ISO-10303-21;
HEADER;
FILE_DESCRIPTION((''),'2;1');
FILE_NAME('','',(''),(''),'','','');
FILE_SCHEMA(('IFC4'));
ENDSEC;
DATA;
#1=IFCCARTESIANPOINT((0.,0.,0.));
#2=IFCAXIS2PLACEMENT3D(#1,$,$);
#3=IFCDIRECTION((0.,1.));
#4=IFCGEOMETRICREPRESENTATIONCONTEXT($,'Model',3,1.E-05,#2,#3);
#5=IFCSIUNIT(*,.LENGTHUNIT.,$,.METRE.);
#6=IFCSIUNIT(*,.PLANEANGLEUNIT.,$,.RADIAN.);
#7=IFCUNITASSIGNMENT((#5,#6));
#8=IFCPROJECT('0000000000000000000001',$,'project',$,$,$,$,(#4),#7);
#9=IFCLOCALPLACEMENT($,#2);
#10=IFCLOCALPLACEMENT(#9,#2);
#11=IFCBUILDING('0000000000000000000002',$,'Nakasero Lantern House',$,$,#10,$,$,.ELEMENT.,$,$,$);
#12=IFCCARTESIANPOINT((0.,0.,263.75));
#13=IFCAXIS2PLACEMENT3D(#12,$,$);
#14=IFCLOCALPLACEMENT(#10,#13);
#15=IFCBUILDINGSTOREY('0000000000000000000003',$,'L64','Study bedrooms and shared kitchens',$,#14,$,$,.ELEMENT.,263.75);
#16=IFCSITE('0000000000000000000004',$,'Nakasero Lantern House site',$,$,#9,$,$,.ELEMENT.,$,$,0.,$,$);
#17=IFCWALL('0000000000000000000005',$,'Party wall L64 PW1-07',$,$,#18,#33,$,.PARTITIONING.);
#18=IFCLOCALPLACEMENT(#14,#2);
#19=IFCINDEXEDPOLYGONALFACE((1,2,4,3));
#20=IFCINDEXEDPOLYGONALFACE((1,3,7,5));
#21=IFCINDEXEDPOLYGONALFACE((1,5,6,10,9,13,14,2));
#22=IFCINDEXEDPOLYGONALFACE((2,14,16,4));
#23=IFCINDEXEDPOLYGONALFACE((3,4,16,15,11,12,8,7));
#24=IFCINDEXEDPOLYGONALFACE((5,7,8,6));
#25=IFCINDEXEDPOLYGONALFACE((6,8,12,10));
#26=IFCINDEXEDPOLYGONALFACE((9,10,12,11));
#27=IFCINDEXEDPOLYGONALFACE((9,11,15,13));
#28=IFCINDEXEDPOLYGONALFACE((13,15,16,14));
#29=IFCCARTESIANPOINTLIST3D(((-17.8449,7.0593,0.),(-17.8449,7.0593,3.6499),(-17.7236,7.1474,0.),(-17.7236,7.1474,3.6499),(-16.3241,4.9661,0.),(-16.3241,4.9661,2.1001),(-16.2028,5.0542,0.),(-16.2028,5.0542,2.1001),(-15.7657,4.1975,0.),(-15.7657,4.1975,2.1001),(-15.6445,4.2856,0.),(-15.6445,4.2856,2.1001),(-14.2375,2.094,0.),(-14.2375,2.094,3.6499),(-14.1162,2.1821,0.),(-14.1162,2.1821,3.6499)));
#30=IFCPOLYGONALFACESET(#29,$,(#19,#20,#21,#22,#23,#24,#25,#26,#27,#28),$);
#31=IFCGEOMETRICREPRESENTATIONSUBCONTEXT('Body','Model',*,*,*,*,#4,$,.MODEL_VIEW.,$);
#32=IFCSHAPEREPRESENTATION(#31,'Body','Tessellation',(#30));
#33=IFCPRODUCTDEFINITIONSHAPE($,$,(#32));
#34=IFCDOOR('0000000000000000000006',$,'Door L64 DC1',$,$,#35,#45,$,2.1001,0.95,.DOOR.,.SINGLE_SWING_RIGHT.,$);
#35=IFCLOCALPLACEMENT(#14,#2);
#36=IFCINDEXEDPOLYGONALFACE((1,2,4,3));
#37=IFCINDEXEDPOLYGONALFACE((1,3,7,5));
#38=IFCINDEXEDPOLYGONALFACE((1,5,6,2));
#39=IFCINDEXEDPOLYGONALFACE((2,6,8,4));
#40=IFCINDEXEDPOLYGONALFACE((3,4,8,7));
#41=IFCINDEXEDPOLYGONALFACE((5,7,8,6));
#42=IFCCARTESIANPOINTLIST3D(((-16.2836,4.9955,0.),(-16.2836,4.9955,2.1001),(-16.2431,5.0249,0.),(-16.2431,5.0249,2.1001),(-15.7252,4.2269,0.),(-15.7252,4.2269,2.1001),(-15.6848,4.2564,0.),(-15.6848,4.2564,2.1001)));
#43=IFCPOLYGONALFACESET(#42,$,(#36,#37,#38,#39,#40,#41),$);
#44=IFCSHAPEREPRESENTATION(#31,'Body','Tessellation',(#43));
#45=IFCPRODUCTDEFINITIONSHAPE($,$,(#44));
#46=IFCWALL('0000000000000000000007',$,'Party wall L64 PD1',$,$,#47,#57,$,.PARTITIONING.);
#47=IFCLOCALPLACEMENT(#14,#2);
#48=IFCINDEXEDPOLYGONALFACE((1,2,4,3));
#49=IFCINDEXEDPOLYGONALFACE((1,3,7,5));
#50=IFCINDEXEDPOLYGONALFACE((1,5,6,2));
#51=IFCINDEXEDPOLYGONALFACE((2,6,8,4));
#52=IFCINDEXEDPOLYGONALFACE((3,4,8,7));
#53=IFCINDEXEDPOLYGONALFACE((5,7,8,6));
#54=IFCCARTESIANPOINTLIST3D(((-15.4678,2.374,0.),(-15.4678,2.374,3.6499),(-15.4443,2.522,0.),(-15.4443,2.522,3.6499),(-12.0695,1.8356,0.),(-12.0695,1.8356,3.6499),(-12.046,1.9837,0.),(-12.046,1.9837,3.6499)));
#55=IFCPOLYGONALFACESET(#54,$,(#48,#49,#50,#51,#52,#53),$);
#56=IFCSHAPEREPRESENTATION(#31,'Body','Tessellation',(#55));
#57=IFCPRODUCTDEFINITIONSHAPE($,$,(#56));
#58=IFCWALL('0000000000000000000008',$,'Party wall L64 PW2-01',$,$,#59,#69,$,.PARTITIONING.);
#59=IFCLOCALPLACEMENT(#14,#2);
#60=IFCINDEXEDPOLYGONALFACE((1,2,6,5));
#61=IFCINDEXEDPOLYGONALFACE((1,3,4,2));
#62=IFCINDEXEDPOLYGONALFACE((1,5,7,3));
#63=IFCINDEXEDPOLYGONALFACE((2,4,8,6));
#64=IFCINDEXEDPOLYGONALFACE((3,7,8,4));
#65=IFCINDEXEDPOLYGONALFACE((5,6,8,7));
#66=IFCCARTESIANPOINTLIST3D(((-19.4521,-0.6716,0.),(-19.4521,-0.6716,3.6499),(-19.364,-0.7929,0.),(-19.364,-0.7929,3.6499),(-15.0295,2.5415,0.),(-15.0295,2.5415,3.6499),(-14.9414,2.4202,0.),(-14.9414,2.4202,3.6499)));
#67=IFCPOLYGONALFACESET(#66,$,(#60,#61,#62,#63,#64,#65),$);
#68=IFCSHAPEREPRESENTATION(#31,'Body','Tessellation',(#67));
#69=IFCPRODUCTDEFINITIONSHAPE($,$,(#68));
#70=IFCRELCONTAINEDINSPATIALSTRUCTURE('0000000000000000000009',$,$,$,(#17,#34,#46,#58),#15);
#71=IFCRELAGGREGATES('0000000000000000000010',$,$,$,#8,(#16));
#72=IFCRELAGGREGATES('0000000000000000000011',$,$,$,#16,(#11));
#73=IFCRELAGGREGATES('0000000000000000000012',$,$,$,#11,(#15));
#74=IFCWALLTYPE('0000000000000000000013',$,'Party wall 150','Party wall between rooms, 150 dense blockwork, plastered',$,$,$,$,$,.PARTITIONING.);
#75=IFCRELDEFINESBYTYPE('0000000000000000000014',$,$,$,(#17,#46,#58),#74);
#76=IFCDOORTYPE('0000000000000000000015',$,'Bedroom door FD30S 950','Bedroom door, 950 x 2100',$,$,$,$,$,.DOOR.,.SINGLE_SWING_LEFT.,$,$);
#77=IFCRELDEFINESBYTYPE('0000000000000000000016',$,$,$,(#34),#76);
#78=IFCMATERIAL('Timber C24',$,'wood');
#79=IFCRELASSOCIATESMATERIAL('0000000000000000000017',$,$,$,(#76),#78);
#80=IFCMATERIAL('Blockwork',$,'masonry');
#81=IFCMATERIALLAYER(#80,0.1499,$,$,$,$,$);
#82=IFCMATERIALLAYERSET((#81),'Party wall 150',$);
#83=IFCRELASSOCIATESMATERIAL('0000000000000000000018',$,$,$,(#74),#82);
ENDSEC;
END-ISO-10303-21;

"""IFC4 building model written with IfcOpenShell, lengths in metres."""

from ifc_helpers import new_model, si_unit, direction, frame, frame_2d, origin, place, context, subcontext, project, spatial, rectangle, extrude, material, layer, layer_set, type_object, element, fill, save


model = new_model("IFC4")

# Units and contexts
model_context = context("Model", 3, precision=1e-05, world=origin(), true_north=direction((0.0, 1.0)))
body_context = subcontext(model_context, "Body", "Model", "MODEL_VIEW")
ifc_project = project(units=[si_unit("LENGTHUNIT", "METRE"), si_unit("PLANEANGLEUNIT", "RADIAN")], contexts=[model_context])

# Site, building, storey
site_placement = place(None, origin())
site = spatial("IfcSite", under=ifc_project, at=site_placement, Name="Nakasero Lantern House site", CompositionType="ELEMENT", RefElevation=0.0)
building_placement = place(site_placement, origin())
building = spatial("IfcBuilding", under=site, at=building_placement, Name="Nakasero Lantern House", CompositionType="ELEMENT")
storey_placement = place(building_placement, frame((0.0, 0.0, 263.75)))
storey = spatial("IfcBuildingStorey", under=building, at=storey_placement, Name="L64", Description="Study bedrooms and shared kitchens", CompositionType="ELEMENT", Elevation=263.75)

# Shared definitions
ifc_material_1 = material(Name="Timber C24", Category="wood")
door_type_1 = type_object("IfcDoorType", Name="Bedroom door FD30S 950", Description="Bedroom door, 950 x 2100", OperationType="SINGLE_SWING_LEFT", PredefinedType="DOOR", material=ifc_material_1)

# Shared definitions
ifc_material_2 = material(Name="Blockwork", Category="masonry")
ifc_layer_1 = layer(ifc_material_2, 0.1499)
ifc_layer_set_1 = layer_set([ifc_layer_1], Name="Party wall 150")
wall_type_1 = type_object("IfcWallType", Name="Party wall 150", Description="Party wall between rooms, 150 dense blockwork, plastered", PredefinedType="PARTITIONING", material=ifc_layer_set_1)

# Wall, opening, door
wall_1_placement = place(storey_placement, frame((-14.1768, 2.1379, 0.0), z_axis=(0.0, 0.0, 1.0), x_axis=(-0.587774, 0.809025, 0.0)))
wall_1 = element("IfcWall", 1, at=wall_1_placement, inside=storey, type_object=wall_type_1, Name="Party wall L64 PW1-07", PredefinedType="PARTITIONING", context=body_context, shape_type="SweptSolid", body=[
    extrude(rectangle(XDim=6.1375, YDim=0.1499, at=frame_2d((3.0688, 0.0))), origin(), (0.0, 0.0, 1.0), 3.6499),
])
opening_1_placement = place(wall_1_placement, frame((2.6001, 0.0, 0.0)))
opening_1 = element("IfcOpeningElement", 2, at=opening_1_placement, cuts=wall_1, PredefinedType="OPENING", context=body_context, shape_type="SweptSolid", body=[
    extrude(rectangle(XDim=0.95, YDim=2.1001, at=frame_2d((0.4751, 1.05))), frame((0.0, 0.095, 0.0), z_axis=(0.0, -1.0, 0.0), x_axis=(1.0, 0.0, 0.0)), (0.0, 0.0, 1.0), 0.1899),
])
door_1_placement = place(opening_1_placement, origin())
door_1 = element("IfcDoor", 3, at=door_1_placement, inside=storey, type_object=door_type_1, Name="Door L64 DC1", OperationType="SINGLE_SWING_RIGHT", OverallHeight=2.1001, OverallWidth=0.95, PredefinedType="DOOR", context=body_context, shape_type="SweptSolid", body=[
    extrude(rectangle(XDim=0.95, YDim=2.1001, at=frame_2d((0.4751, 1.05))), frame((0.0, 0.0249, 0.0), z_axis=(0.0, -1.0, 0.0), x_axis=(1.0, 0.0, 0.0)), (0.0, 0.0, 1.0), 0.05),
])
fill(opening_1, door_1)

# Walls
wall_2_placement = place(storey_placement, frame((-12.0579, 1.9097, 0.0), z_axis=(0.0, 0.0, 1.0), x_axis=(-0.987683, 0.156465, 0.0)))
element("IfcWall", 4, at=wall_2_placement, inside=storey, type_object=wall_type_1, Name="Party wall L64 PD1", PredefinedType="PARTITIONING", context=body_context, shape_type="SweptSolid", body=[
    extrude(rectangle(XDim=3.4407, YDim=0.1499, at=frame_2d((1.7202, 0.0))), origin(), (0.0, 0.0, 1.0), 3.6499),
])
wall_3_placement = place(storey_placement, frame((-14.9854, 2.481, 0.0), z_axis=(0.0, 0.0, 1.0), x_axis=(-0.809024, -0.587776, 0.0)))
element("IfcWall", 5, at=wall_3_placement, inside=storey, type_object=wall_type_1, Name="Party wall L64 PW2-01", PredefinedType="PARTITIONING", context=body_context, shape_type="SweptSolid", body=[
    extrude(rectangle(XDim=5.4666, YDim=0.1499, at=frame_2d((2.7334, 0.0))), origin(), (0.0, 0.0, 1.0), 3.6499),
])

save(model, "model.ifc")
